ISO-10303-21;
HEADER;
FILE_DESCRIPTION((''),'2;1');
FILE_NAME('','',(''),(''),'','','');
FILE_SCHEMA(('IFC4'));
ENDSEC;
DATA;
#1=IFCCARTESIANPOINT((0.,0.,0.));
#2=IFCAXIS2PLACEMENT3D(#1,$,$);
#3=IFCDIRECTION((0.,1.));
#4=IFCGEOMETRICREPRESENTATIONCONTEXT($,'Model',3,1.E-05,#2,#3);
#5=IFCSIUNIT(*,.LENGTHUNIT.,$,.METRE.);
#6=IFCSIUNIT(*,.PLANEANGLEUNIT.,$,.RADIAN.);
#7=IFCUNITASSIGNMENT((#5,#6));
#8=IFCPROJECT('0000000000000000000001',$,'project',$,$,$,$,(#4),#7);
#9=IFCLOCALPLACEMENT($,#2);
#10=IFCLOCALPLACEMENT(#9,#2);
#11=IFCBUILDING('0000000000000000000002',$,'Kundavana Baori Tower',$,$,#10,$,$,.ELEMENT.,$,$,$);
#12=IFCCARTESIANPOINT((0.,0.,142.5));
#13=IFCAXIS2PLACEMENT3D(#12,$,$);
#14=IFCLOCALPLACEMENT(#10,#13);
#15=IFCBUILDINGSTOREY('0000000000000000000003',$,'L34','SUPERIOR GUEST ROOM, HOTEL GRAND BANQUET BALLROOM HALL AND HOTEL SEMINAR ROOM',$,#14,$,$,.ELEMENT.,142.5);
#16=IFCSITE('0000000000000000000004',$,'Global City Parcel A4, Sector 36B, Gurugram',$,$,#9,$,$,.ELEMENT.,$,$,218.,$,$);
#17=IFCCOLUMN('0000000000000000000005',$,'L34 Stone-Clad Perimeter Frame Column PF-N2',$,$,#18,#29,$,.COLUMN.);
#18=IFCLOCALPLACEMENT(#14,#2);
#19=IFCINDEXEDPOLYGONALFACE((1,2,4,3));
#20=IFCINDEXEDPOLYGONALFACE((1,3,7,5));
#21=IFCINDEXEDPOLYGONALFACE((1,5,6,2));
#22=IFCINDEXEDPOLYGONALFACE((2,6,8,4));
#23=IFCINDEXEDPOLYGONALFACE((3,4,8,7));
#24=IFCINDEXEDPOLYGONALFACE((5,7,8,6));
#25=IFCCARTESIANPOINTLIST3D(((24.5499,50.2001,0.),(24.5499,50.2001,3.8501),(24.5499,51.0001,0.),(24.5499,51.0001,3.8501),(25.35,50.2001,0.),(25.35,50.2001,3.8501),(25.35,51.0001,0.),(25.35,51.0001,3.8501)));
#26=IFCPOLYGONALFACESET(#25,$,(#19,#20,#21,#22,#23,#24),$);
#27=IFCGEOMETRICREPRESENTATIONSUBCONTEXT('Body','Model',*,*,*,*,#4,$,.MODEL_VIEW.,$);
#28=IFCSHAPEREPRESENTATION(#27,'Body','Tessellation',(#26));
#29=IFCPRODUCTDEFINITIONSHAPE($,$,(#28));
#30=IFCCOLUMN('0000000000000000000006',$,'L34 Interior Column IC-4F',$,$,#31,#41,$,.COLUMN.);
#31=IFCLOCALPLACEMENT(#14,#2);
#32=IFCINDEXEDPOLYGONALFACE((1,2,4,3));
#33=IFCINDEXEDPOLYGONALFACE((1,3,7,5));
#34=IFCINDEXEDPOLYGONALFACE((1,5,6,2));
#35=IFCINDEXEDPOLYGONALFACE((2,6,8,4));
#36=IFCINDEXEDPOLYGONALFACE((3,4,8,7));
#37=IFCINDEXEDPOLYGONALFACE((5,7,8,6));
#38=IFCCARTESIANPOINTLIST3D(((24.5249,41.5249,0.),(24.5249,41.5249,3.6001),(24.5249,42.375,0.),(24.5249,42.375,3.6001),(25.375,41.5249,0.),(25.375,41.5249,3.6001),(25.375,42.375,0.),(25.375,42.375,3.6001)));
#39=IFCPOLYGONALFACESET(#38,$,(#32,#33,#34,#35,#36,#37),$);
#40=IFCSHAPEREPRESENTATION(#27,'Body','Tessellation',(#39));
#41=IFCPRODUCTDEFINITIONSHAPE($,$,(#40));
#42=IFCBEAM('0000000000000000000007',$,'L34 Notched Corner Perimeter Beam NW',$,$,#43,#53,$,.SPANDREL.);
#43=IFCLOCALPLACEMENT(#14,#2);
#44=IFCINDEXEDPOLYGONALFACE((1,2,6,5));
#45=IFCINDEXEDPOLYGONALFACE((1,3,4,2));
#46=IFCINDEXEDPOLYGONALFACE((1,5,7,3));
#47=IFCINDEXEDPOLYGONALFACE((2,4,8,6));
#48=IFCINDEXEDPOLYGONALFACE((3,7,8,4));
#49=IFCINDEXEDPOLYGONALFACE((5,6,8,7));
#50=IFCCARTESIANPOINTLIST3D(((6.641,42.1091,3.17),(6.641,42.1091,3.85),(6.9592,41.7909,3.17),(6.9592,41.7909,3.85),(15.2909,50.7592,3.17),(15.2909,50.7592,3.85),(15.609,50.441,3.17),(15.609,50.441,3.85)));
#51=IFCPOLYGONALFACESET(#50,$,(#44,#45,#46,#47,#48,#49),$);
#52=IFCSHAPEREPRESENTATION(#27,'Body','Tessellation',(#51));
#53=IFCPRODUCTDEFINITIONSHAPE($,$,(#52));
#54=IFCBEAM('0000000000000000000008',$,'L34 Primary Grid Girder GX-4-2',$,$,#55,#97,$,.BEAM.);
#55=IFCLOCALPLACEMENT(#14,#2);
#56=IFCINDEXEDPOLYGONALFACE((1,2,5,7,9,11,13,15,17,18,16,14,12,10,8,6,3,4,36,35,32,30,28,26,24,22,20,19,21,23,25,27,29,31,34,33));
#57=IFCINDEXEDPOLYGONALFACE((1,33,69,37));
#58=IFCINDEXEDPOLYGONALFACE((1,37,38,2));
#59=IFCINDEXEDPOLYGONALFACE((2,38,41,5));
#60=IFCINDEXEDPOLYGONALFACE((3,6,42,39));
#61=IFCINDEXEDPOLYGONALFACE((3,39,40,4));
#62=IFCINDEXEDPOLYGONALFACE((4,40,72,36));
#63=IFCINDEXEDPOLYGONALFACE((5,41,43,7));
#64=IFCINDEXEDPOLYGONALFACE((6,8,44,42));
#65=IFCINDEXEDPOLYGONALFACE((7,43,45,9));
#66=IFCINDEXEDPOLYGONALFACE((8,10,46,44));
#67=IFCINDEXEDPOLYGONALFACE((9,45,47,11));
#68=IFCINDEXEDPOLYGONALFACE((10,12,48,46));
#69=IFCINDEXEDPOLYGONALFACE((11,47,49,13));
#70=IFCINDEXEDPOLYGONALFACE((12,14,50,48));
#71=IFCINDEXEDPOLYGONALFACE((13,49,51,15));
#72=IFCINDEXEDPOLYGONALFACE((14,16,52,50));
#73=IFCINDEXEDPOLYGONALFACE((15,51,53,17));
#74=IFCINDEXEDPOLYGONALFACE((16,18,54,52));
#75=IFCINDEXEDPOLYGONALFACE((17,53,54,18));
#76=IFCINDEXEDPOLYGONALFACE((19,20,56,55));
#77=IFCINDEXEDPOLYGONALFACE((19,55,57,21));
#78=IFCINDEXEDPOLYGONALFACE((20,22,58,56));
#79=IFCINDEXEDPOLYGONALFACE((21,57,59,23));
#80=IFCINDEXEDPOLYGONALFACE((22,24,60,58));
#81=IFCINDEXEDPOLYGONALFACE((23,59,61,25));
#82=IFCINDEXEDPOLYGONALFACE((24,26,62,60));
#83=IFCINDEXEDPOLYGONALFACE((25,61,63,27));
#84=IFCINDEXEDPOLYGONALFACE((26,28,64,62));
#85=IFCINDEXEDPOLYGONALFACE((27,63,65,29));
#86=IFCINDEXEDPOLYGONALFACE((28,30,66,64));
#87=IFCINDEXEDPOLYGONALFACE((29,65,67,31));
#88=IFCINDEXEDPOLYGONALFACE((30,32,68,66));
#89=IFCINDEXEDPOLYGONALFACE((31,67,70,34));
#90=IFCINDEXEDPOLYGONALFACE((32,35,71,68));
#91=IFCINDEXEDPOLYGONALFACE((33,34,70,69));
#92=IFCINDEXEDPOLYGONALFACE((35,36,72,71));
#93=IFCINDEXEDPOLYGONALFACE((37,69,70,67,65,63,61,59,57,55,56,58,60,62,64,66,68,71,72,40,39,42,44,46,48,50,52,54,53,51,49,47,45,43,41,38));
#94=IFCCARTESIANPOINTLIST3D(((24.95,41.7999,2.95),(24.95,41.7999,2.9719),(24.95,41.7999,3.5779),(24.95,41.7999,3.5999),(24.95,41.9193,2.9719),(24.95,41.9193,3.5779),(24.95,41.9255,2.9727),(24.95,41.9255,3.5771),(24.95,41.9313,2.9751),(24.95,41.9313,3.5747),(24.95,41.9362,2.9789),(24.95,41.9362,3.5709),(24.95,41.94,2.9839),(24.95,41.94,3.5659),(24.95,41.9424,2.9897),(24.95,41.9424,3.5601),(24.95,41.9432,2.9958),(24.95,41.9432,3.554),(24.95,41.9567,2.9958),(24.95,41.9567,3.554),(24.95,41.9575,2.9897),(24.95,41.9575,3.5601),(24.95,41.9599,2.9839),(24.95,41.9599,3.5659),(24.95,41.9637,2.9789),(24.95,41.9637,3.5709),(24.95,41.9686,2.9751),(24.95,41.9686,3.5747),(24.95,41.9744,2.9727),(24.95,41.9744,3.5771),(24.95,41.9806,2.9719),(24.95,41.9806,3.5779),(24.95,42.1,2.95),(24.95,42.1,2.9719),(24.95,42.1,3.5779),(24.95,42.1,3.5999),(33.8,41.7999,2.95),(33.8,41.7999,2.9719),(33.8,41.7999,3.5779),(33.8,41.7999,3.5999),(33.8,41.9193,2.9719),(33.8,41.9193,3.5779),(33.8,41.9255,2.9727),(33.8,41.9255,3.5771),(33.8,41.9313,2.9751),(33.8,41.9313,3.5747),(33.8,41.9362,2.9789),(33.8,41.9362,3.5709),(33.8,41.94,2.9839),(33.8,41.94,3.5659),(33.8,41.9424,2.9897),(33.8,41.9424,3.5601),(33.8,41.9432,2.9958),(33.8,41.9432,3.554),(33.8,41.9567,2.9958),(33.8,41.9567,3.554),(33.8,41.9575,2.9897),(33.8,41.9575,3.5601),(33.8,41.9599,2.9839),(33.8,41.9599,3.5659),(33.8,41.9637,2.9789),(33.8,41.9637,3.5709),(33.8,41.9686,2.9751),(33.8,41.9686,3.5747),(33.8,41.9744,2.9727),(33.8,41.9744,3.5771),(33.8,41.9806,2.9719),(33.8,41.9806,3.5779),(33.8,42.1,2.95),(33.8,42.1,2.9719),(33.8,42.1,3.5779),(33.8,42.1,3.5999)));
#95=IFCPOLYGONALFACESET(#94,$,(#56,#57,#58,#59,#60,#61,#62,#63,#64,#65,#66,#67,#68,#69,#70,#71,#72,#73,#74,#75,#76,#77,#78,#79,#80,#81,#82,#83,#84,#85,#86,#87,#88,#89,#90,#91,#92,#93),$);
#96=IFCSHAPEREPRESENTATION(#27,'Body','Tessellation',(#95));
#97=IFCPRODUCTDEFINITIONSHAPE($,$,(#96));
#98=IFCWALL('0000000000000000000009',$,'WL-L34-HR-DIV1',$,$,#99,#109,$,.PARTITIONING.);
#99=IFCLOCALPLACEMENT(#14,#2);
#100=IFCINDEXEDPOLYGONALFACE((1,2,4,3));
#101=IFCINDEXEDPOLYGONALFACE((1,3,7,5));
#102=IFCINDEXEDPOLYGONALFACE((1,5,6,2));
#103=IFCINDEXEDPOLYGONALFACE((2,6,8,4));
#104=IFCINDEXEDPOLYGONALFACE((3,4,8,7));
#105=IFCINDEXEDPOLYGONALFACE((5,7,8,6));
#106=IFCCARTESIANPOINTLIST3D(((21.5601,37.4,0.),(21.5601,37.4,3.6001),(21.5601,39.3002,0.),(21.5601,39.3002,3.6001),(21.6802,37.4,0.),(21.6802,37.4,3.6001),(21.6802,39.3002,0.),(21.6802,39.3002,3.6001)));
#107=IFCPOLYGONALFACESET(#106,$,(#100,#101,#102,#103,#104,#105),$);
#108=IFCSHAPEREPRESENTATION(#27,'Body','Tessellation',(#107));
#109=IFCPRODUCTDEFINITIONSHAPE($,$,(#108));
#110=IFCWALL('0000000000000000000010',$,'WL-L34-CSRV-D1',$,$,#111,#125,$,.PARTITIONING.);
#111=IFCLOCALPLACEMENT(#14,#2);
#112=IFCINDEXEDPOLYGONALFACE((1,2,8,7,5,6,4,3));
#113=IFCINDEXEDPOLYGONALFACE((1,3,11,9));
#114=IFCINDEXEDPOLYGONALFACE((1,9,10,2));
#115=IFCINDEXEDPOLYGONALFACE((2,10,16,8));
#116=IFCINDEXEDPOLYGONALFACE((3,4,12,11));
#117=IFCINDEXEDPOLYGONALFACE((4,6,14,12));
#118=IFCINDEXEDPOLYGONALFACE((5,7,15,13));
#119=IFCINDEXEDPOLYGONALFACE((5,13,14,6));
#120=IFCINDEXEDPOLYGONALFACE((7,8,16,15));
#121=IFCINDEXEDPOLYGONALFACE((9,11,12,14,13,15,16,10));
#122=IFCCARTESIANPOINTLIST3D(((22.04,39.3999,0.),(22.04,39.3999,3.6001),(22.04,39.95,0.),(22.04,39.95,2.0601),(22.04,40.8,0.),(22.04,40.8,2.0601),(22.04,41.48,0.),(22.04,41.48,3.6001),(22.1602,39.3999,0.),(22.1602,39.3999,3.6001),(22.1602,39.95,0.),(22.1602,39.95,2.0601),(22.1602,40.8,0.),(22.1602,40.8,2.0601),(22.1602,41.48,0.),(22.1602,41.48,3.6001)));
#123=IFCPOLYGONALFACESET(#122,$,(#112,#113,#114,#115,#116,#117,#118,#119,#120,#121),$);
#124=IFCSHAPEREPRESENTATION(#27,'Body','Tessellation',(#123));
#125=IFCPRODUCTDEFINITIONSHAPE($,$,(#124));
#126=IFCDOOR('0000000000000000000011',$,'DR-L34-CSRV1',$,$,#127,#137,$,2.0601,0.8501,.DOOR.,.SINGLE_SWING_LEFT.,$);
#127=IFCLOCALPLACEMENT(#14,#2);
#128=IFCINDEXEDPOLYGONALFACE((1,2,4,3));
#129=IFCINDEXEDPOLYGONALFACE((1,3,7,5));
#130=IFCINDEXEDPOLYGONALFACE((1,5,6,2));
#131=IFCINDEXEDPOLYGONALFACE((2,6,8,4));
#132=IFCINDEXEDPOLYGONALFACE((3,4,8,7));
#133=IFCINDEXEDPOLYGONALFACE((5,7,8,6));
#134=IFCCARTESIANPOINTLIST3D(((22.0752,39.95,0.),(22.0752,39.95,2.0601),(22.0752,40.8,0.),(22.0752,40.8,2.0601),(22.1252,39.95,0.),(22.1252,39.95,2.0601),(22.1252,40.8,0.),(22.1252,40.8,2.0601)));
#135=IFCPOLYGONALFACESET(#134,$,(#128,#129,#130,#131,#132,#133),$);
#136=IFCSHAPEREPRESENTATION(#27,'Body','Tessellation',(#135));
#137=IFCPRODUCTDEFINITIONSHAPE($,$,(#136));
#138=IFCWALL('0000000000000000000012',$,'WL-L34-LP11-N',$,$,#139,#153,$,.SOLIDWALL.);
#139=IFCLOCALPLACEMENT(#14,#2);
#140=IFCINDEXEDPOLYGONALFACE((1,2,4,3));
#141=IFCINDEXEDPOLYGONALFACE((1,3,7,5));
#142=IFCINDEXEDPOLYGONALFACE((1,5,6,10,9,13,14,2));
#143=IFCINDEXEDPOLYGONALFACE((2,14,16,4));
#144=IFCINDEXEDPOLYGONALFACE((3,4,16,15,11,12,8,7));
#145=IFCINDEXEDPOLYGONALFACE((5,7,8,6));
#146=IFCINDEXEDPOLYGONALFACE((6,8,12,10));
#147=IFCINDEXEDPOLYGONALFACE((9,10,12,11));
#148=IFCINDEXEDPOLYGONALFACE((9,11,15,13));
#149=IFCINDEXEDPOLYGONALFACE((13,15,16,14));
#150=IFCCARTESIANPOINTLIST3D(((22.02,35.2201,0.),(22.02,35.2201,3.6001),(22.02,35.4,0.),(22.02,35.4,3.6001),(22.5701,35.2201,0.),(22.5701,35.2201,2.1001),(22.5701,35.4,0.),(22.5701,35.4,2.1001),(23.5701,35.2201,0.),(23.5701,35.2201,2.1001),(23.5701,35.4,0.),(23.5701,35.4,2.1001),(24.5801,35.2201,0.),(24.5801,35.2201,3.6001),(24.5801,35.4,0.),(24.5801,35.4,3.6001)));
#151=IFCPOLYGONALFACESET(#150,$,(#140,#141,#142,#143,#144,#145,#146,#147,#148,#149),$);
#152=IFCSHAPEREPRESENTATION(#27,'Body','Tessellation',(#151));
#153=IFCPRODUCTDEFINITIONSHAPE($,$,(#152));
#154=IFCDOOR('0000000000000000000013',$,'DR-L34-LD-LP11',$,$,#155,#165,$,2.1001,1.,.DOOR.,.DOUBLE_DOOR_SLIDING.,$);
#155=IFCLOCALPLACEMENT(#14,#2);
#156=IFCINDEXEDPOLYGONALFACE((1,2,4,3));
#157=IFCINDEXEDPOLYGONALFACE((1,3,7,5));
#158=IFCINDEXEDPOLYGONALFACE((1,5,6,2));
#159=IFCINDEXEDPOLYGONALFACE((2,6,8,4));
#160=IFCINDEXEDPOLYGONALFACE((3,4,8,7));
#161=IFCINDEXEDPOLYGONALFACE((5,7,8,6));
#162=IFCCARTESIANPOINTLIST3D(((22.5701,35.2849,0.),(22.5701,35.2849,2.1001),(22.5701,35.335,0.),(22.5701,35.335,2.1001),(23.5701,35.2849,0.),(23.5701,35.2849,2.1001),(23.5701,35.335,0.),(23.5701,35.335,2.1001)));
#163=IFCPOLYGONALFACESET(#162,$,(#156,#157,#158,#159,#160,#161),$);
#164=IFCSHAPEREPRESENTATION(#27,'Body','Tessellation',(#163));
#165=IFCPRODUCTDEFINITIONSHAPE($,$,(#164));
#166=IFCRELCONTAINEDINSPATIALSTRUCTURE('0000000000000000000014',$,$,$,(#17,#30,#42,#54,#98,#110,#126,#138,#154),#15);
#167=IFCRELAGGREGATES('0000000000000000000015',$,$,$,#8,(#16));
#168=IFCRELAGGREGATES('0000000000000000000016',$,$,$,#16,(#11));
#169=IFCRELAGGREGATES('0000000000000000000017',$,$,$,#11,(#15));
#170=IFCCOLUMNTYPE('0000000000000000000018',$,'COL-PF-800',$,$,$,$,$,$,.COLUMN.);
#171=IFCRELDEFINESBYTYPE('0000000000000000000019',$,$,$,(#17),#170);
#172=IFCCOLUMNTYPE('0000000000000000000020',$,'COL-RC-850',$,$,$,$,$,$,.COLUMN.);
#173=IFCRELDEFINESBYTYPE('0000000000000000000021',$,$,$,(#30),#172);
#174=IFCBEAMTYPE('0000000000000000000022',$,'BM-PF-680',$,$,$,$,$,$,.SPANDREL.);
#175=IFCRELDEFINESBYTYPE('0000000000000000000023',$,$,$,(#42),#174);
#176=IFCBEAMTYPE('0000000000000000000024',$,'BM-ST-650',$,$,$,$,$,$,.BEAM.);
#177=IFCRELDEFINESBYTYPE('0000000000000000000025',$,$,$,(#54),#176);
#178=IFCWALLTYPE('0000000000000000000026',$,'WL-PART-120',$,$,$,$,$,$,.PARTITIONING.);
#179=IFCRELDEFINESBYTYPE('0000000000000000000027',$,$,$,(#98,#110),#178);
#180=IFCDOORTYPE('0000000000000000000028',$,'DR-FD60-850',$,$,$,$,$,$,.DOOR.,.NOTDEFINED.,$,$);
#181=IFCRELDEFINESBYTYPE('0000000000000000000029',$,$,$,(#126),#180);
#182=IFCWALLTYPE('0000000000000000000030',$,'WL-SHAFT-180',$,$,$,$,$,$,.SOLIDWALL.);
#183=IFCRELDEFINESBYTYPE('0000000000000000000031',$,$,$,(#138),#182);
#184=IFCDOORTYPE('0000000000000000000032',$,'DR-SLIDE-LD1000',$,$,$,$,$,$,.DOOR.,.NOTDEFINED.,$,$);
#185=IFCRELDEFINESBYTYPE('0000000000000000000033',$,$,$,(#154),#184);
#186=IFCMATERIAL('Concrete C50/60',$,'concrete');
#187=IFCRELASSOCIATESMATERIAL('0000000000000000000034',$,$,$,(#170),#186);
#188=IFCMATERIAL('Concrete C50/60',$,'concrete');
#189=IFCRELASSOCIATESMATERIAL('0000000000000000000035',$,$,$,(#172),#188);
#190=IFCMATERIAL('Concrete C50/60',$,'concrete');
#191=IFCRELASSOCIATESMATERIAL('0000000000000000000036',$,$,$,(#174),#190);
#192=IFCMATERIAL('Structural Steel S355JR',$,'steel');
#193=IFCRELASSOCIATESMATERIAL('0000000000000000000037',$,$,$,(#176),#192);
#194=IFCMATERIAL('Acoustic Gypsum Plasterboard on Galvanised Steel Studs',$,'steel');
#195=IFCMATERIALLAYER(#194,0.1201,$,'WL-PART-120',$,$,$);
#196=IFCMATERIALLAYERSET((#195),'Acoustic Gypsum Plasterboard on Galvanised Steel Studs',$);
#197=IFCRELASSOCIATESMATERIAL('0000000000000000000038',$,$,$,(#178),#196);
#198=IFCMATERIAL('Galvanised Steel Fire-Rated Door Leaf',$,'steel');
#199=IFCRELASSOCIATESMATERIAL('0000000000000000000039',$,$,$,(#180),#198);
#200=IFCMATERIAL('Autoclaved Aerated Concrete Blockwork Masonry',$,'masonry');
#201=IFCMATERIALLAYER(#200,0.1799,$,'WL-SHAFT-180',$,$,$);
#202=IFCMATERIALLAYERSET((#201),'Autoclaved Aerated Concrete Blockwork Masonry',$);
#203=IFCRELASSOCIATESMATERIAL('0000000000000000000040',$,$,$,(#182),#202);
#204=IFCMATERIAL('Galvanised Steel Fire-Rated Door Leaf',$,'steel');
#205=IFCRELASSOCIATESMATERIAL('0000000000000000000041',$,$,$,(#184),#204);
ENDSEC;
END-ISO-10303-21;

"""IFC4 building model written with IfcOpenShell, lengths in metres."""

from ifc_helpers import new_model, si_unit, direction, frame, frame_2d, origin, origin_2d, place, context, subcontext, project, spatial, rectangle, i_section, extrude, material, layer, layer_set, material_profile, profile_set, type_object, element, fill, save


model = new_model("IFC4")

# Units and contexts
model_context = context("Model", 3, precision=1e-05, world=origin(), true_north=direction((0.0, 1.0)))
body_context = subcontext(model_context, "Body", "Model", "MODEL_VIEW")
ifc_project = project(units=[si_unit("LENGTHUNIT", "METRE"), si_unit("PLANEANGLEUNIT", "RADIAN")], contexts=[model_context])

# Site, building, storey
site_placement = place(None, origin())
site = spatial("IfcSite", under=ifc_project, at=site_placement, Name="Global City Parcel A4, Sector 36B, Gurugram", CompositionType="ELEMENT", RefElevation=218.0)
building_placement = place(site_placement, origin())
building = spatial("IfcBuilding", under=site, at=building_placement, Name="Kundavana Baori Tower", CompositionType="ELEMENT")
storey_placement = place(building_placement, frame((0.0, 0.0, 142.5)))
storey = spatial("IfcBuildingStorey", under=building, at=storey_placement, Name="L34", Description="SUPERIOR GUEST ROOM, HOTEL GRAND BANQUET BALLROOM HALL AND HOTEL SEMINAR ROOM", CompositionType="ELEMENT", Elevation=142.5)

# Columns
ifc_material_1 = material(Name="Concrete C50/60", Category="concrete")
ifc_material_profile_1 = material_profile(ifc_material_1, rectangle(XDim=0.8, YDim=0.8, at=origin_2d()), Name="RC PF 800x800")
ifc_profile_set_1 = profile_set([ifc_material_profile_1], Name="Concrete C50/60")
column_type_1 = type_object("IfcColumnType", Name="COL-PF-800", PredefinedType="COLUMN", material=ifc_profile_set_1)
column_1_placement = place(storey_placement, frame((24.95, 50.6001, 0.0), z_axis=(0.0, 0.0, 1.0), x_axis=(1.0, 0.0, 0.0)))
element("IfcColumn", 1, at=column_1_placement, inside=storey, type_object=column_type_1, Name="L34 Stone-Clad Perimeter Frame Column PF-N2", PredefinedType="COLUMN", context=body_context, shape_type="SweptSolid", body=[
    extrude(rectangle(XDim=0.8, YDim=0.8, at=origin_2d()), origin(), (0.0, 0.0, 1.0), 3.8501),
])
ifc_material_2 = material(Name="Concrete C50/60", Category="concrete")
ifc_material_profile_2 = material_profile(ifc_material_2, rectangle(XDim=0.8501, YDim=0.8501, at=origin_2d()), Name="RC 850x850")
ifc_profile_set_2 = profile_set([ifc_material_profile_2], Name="Concrete C50/60")
column_type_2 = type_object("IfcColumnType", Name="COL-RC-850", PredefinedType="COLUMN", material=ifc_profile_set_2)
column_2_placement = place(storey_placement, frame((24.95, 41.95, 0.0), z_axis=(0.0, 0.0, 1.0), x_axis=(1.0, 0.0, 0.0)))
element("IfcColumn", 2, at=column_2_placement, inside=storey, type_object=column_type_2, Name="L34 Interior Column IC-4F", PredefinedType="COLUMN", context=body_context, shape_type="SweptSolid", body=[
    extrude(rectangle(XDim=0.8501, YDim=0.8501, at=origin_2d()), origin(), (0.0, 0.0, 1.0), 3.6001),
])

# Beams
ifc_material_3 = material(Name="Concrete C50/60", Category="concrete")
ifc_material_profile_3 = material_profile(ifc_material_3, rectangle(XDim=0.45, YDim=0.6799, at=origin_2d()), Name="RC BM 450x680")
ifc_profile_set_3 = profile_set([ifc_material_profile_3], Name="Concrete C50/60")
beam_type_1 = type_object("IfcBeamType", Name="BM-PF-680", PredefinedType="SPANDREL", material=ifc_profile_set_3)
beam_1_placement = place(storey_placement, frame((15.45, 50.6001, 3.51), z_axis=(-0.707097, -0.707117, 0.0), x_axis=(0.707117, -0.707097, 0.0)))
element("IfcBeam", 3, at=beam_1_placement, inside=storey, type_object=beam_type_1, Name="L34 Notched Corner Perimeter Beam NW", PredefinedType="SPANDREL", context=body_context, shape_type="SweptSolid", body=[
    extrude(rectangle(XDim=0.45, YDim=0.6799, at=origin_2d()), origin(), (0.0, 0.0, 1.0), 12.2329),
])
ifc_material_4 = material(Name="Structural Steel S355JR", Category="steel")
ifc_material_profile_4 = material_profile(ifc_material_4, i_section(OverallWidth=0.3, OverallDepth=0.6499, WebThickness=0.0134, FlangeThickness=0.022, FilletRadius=0.0239, at=origin_2d()), Name="NPB 650x300x155")
ifc_profile_set_4 = profile_set([ifc_material_profile_4], Name="Structural Steel S355JR")
beam_type_2 = type_object("IfcBeamType", Name="BM-ST-650", PredefinedType="BEAM", material=ifc_profile_set_4)
beam_2_placement = place(storey_placement, frame((24.95, 41.95, 3.2749), z_axis=(1.0, 0.0, 0.0), x_axis=(0.0, 1.0, 0.0)))
element("IfcBeam", 4, at=beam_2_placement, inside=storey, type_object=beam_type_2, Name="L34 Primary Grid Girder GX-4-2", PredefinedType="BEAM", context=body_context, shape_type="SweptSolid", body=[
    extrude(i_section(OverallWidth=0.3, OverallDepth=0.6499, WebThickness=0.0134, FlangeThickness=0.022, FilletRadius=0.0239, at=origin_2d()), origin(), (0.0, 0.0, 1.0), 8.8501),
])

# Wall
ifc_material_5 = material(Name="Acoustic Gypsum Plasterboard on Galvanised Steel Studs", Category="steel")
ifc_layer_1 = layer(ifc_material_5, 0.1201, Name="WL-PART-120")
ifc_layer_set_1 = layer_set([ifc_layer_1], Name="Acoustic Gypsum Plasterboard on Galvanised Steel Studs")
wall_type_1 = type_object("IfcWallType", Name="WL-PART-120", PredefinedType="PARTITIONING", material=ifc_layer_set_1)
wall_1_placement = place(storey_placement, frame((21.6201, 37.3999, 0.0), z_axis=(0.0, 0.0, 1.0), x_axis=(0.0, 1.0, 0.0)))
element("IfcWall", 5, at=wall_1_placement, inside=storey, type_object=wall_type_1, Name="WL-L34-HR-DIV1", PredefinedType="PARTITIONING", context=body_context, shape_type="SweptSolid", body=[
    extrude(rectangle(XDim=1.9001, YDim=0.1201, at=frame_2d((0.9502, 0.0))), origin(), (0.0, 0.0, 1.0), 3.6001),
])

# Walls, openings, doors
wall_2_placement = place(storey_placement, frame((22.1001, 39.3999, 0.0), z_axis=(0.0, 0.0, 1.0), x_axis=(0.0, 1.0, 0.0)))
wall_2 = element("IfcWall", 6, at=wall_2_placement, inside=storey, type_object=wall_type_1, Name="WL-L34-CSRV-D1", PredefinedType="PARTITIONING", context=body_context, shape_type="SweptSolid", body=[
    extrude(rectangle(XDim=2.0801, YDim=0.1201, at=frame_2d((1.04, 0.0))), origin(), (0.0, 0.0, 1.0), 3.6001),
])
opening_1_placement = place(wall_2_placement, frame((0.55, 0.0, 0.0)))
opening_1 = element("IfcOpeningElement", 7, at=opening_1_placement, cuts=wall_2, PredefinedType="OPENING", context=body_context, shape_type="SweptSolid", body=[
    extrude(rectangle(XDim=0.8501, YDim=2.0601, at=frame_2d((0.425, 1.03))), frame((0.0, 0.0701, 0.0), z_axis=(0.0, -1.0, 0.0), x_axis=(1.0, 0.0, 0.0)), (0.0, 0.0, 1.0), 0.1401),
])
ifc_material_6 = material(Name="Galvanised Steel Fire-Rated Door Leaf", Category="steel")
door_type_1 = type_object("IfcDoorType", Name="DR-FD60-850", OperationType="NOTDEFINED", PredefinedType="DOOR", material=ifc_material_6)
door_1_placement = place(opening_1_placement, origin())
door_1 = element("IfcDoor", 8, at=door_1_placement, inside=storey, type_object=door_type_1, Name="DR-L34-CSRV1", OperationType="SINGLE_SWING_LEFT", OverallHeight=2.0601, OverallWidth=0.8501, PredefinedType="DOOR", context=body_context, shape_type="SweptSolid", body=[
    extrude(rectangle(XDim=0.8501, YDim=2.0601, at=frame_2d((0.425, 1.03))), frame((0.0, 0.0249, 0.0), z_axis=(0.0, -1.0, 0.0), x_axis=(1.0, 0.0, 0.0)), (0.0, 0.0, 1.0), 0.05),
])
fill(opening_1, door_1)
ifc_material_7 = material(Name="Autoclaved Aerated Concrete Blockwork Masonry", Category="masonry")
ifc_layer_2 = layer(ifc_material_7, 0.1799, Name="WL-SHAFT-180")
ifc_layer_set_2 = layer_set([ifc_layer_2], Name="Autoclaved Aerated Concrete Blockwork Masonry")
wall_type_2 = type_object("IfcWallType", Name="WL-SHAFT-180", PredefinedType="SOLIDWALL", material=ifc_layer_set_2)
wall_3_placement = place(storey_placement, frame((22.02, 35.3101, 0.0), z_axis=(0.0, 0.0, 1.0), x_axis=(1.0, 0.0, 0.0)))
wall_3 = element("IfcWall", 9, at=wall_3_placement, inside=storey, type_object=wall_type_2, Name="WL-L34-LP11-N", PredefinedType="SOLIDWALL", context=body_context, shape_type="SweptSolid", body=[
    extrude(rectangle(XDim=2.5601, YDim=0.1799, at=frame_2d((1.28, 0.0))), origin(), (0.0, 0.0, 1.0), 3.6001),
])
opening_2_placement = place(wall_3_placement, frame((0.55, 0.0, 0.0)))
opening_2 = element("IfcOpeningElement", 10, at=opening_2_placement, cuts=wall_3, PredefinedType="OPENING", context=body_context, shape_type="SweptSolid", body=[
    extrude(rectangle(XDim=1.0, YDim=2.1001, at=frame_2d((0.5, 1.05))), frame((0.0, 0.1001, 0.0), z_axis=(0.0, -1.0, 0.0), x_axis=(1.0, 0.0, 0.0)), (0.0, 0.0, 1.0), 0.2),
])
ifc_material_8 = material(Name="Galvanised Steel Fire-Rated Door Leaf", Category="steel")
door_type_2 = type_object("IfcDoorType", Name="DR-SLIDE-LD1000", OperationType="NOTDEFINED", PredefinedType="DOOR", material=ifc_material_8)
door_2_placement = place(opening_2_placement, origin())
door_2 = element("IfcDoor", 11, at=door_2_placement, inside=storey, type_object=door_type_2, Name="DR-L34-LD-LP11", OperationType="DOUBLE_DOOR_SLIDING", OverallHeight=2.1001, OverallWidth=1.0, PredefinedType="DOOR", context=body_context, shape_type="SweptSolid", body=[
    extrude(rectangle(XDim=1.0, YDim=2.1001, at=frame_2d((0.5, 1.05))), frame((0.0, 0.0249, 0.0), z_axis=(0.0, -1.0, 0.0), x_axis=(1.0, 0.0, 0.0)), (0.0, 0.0, 1.0), 0.05),
])
fill(opening_2, door_2)

save(model, "model.ifc")
